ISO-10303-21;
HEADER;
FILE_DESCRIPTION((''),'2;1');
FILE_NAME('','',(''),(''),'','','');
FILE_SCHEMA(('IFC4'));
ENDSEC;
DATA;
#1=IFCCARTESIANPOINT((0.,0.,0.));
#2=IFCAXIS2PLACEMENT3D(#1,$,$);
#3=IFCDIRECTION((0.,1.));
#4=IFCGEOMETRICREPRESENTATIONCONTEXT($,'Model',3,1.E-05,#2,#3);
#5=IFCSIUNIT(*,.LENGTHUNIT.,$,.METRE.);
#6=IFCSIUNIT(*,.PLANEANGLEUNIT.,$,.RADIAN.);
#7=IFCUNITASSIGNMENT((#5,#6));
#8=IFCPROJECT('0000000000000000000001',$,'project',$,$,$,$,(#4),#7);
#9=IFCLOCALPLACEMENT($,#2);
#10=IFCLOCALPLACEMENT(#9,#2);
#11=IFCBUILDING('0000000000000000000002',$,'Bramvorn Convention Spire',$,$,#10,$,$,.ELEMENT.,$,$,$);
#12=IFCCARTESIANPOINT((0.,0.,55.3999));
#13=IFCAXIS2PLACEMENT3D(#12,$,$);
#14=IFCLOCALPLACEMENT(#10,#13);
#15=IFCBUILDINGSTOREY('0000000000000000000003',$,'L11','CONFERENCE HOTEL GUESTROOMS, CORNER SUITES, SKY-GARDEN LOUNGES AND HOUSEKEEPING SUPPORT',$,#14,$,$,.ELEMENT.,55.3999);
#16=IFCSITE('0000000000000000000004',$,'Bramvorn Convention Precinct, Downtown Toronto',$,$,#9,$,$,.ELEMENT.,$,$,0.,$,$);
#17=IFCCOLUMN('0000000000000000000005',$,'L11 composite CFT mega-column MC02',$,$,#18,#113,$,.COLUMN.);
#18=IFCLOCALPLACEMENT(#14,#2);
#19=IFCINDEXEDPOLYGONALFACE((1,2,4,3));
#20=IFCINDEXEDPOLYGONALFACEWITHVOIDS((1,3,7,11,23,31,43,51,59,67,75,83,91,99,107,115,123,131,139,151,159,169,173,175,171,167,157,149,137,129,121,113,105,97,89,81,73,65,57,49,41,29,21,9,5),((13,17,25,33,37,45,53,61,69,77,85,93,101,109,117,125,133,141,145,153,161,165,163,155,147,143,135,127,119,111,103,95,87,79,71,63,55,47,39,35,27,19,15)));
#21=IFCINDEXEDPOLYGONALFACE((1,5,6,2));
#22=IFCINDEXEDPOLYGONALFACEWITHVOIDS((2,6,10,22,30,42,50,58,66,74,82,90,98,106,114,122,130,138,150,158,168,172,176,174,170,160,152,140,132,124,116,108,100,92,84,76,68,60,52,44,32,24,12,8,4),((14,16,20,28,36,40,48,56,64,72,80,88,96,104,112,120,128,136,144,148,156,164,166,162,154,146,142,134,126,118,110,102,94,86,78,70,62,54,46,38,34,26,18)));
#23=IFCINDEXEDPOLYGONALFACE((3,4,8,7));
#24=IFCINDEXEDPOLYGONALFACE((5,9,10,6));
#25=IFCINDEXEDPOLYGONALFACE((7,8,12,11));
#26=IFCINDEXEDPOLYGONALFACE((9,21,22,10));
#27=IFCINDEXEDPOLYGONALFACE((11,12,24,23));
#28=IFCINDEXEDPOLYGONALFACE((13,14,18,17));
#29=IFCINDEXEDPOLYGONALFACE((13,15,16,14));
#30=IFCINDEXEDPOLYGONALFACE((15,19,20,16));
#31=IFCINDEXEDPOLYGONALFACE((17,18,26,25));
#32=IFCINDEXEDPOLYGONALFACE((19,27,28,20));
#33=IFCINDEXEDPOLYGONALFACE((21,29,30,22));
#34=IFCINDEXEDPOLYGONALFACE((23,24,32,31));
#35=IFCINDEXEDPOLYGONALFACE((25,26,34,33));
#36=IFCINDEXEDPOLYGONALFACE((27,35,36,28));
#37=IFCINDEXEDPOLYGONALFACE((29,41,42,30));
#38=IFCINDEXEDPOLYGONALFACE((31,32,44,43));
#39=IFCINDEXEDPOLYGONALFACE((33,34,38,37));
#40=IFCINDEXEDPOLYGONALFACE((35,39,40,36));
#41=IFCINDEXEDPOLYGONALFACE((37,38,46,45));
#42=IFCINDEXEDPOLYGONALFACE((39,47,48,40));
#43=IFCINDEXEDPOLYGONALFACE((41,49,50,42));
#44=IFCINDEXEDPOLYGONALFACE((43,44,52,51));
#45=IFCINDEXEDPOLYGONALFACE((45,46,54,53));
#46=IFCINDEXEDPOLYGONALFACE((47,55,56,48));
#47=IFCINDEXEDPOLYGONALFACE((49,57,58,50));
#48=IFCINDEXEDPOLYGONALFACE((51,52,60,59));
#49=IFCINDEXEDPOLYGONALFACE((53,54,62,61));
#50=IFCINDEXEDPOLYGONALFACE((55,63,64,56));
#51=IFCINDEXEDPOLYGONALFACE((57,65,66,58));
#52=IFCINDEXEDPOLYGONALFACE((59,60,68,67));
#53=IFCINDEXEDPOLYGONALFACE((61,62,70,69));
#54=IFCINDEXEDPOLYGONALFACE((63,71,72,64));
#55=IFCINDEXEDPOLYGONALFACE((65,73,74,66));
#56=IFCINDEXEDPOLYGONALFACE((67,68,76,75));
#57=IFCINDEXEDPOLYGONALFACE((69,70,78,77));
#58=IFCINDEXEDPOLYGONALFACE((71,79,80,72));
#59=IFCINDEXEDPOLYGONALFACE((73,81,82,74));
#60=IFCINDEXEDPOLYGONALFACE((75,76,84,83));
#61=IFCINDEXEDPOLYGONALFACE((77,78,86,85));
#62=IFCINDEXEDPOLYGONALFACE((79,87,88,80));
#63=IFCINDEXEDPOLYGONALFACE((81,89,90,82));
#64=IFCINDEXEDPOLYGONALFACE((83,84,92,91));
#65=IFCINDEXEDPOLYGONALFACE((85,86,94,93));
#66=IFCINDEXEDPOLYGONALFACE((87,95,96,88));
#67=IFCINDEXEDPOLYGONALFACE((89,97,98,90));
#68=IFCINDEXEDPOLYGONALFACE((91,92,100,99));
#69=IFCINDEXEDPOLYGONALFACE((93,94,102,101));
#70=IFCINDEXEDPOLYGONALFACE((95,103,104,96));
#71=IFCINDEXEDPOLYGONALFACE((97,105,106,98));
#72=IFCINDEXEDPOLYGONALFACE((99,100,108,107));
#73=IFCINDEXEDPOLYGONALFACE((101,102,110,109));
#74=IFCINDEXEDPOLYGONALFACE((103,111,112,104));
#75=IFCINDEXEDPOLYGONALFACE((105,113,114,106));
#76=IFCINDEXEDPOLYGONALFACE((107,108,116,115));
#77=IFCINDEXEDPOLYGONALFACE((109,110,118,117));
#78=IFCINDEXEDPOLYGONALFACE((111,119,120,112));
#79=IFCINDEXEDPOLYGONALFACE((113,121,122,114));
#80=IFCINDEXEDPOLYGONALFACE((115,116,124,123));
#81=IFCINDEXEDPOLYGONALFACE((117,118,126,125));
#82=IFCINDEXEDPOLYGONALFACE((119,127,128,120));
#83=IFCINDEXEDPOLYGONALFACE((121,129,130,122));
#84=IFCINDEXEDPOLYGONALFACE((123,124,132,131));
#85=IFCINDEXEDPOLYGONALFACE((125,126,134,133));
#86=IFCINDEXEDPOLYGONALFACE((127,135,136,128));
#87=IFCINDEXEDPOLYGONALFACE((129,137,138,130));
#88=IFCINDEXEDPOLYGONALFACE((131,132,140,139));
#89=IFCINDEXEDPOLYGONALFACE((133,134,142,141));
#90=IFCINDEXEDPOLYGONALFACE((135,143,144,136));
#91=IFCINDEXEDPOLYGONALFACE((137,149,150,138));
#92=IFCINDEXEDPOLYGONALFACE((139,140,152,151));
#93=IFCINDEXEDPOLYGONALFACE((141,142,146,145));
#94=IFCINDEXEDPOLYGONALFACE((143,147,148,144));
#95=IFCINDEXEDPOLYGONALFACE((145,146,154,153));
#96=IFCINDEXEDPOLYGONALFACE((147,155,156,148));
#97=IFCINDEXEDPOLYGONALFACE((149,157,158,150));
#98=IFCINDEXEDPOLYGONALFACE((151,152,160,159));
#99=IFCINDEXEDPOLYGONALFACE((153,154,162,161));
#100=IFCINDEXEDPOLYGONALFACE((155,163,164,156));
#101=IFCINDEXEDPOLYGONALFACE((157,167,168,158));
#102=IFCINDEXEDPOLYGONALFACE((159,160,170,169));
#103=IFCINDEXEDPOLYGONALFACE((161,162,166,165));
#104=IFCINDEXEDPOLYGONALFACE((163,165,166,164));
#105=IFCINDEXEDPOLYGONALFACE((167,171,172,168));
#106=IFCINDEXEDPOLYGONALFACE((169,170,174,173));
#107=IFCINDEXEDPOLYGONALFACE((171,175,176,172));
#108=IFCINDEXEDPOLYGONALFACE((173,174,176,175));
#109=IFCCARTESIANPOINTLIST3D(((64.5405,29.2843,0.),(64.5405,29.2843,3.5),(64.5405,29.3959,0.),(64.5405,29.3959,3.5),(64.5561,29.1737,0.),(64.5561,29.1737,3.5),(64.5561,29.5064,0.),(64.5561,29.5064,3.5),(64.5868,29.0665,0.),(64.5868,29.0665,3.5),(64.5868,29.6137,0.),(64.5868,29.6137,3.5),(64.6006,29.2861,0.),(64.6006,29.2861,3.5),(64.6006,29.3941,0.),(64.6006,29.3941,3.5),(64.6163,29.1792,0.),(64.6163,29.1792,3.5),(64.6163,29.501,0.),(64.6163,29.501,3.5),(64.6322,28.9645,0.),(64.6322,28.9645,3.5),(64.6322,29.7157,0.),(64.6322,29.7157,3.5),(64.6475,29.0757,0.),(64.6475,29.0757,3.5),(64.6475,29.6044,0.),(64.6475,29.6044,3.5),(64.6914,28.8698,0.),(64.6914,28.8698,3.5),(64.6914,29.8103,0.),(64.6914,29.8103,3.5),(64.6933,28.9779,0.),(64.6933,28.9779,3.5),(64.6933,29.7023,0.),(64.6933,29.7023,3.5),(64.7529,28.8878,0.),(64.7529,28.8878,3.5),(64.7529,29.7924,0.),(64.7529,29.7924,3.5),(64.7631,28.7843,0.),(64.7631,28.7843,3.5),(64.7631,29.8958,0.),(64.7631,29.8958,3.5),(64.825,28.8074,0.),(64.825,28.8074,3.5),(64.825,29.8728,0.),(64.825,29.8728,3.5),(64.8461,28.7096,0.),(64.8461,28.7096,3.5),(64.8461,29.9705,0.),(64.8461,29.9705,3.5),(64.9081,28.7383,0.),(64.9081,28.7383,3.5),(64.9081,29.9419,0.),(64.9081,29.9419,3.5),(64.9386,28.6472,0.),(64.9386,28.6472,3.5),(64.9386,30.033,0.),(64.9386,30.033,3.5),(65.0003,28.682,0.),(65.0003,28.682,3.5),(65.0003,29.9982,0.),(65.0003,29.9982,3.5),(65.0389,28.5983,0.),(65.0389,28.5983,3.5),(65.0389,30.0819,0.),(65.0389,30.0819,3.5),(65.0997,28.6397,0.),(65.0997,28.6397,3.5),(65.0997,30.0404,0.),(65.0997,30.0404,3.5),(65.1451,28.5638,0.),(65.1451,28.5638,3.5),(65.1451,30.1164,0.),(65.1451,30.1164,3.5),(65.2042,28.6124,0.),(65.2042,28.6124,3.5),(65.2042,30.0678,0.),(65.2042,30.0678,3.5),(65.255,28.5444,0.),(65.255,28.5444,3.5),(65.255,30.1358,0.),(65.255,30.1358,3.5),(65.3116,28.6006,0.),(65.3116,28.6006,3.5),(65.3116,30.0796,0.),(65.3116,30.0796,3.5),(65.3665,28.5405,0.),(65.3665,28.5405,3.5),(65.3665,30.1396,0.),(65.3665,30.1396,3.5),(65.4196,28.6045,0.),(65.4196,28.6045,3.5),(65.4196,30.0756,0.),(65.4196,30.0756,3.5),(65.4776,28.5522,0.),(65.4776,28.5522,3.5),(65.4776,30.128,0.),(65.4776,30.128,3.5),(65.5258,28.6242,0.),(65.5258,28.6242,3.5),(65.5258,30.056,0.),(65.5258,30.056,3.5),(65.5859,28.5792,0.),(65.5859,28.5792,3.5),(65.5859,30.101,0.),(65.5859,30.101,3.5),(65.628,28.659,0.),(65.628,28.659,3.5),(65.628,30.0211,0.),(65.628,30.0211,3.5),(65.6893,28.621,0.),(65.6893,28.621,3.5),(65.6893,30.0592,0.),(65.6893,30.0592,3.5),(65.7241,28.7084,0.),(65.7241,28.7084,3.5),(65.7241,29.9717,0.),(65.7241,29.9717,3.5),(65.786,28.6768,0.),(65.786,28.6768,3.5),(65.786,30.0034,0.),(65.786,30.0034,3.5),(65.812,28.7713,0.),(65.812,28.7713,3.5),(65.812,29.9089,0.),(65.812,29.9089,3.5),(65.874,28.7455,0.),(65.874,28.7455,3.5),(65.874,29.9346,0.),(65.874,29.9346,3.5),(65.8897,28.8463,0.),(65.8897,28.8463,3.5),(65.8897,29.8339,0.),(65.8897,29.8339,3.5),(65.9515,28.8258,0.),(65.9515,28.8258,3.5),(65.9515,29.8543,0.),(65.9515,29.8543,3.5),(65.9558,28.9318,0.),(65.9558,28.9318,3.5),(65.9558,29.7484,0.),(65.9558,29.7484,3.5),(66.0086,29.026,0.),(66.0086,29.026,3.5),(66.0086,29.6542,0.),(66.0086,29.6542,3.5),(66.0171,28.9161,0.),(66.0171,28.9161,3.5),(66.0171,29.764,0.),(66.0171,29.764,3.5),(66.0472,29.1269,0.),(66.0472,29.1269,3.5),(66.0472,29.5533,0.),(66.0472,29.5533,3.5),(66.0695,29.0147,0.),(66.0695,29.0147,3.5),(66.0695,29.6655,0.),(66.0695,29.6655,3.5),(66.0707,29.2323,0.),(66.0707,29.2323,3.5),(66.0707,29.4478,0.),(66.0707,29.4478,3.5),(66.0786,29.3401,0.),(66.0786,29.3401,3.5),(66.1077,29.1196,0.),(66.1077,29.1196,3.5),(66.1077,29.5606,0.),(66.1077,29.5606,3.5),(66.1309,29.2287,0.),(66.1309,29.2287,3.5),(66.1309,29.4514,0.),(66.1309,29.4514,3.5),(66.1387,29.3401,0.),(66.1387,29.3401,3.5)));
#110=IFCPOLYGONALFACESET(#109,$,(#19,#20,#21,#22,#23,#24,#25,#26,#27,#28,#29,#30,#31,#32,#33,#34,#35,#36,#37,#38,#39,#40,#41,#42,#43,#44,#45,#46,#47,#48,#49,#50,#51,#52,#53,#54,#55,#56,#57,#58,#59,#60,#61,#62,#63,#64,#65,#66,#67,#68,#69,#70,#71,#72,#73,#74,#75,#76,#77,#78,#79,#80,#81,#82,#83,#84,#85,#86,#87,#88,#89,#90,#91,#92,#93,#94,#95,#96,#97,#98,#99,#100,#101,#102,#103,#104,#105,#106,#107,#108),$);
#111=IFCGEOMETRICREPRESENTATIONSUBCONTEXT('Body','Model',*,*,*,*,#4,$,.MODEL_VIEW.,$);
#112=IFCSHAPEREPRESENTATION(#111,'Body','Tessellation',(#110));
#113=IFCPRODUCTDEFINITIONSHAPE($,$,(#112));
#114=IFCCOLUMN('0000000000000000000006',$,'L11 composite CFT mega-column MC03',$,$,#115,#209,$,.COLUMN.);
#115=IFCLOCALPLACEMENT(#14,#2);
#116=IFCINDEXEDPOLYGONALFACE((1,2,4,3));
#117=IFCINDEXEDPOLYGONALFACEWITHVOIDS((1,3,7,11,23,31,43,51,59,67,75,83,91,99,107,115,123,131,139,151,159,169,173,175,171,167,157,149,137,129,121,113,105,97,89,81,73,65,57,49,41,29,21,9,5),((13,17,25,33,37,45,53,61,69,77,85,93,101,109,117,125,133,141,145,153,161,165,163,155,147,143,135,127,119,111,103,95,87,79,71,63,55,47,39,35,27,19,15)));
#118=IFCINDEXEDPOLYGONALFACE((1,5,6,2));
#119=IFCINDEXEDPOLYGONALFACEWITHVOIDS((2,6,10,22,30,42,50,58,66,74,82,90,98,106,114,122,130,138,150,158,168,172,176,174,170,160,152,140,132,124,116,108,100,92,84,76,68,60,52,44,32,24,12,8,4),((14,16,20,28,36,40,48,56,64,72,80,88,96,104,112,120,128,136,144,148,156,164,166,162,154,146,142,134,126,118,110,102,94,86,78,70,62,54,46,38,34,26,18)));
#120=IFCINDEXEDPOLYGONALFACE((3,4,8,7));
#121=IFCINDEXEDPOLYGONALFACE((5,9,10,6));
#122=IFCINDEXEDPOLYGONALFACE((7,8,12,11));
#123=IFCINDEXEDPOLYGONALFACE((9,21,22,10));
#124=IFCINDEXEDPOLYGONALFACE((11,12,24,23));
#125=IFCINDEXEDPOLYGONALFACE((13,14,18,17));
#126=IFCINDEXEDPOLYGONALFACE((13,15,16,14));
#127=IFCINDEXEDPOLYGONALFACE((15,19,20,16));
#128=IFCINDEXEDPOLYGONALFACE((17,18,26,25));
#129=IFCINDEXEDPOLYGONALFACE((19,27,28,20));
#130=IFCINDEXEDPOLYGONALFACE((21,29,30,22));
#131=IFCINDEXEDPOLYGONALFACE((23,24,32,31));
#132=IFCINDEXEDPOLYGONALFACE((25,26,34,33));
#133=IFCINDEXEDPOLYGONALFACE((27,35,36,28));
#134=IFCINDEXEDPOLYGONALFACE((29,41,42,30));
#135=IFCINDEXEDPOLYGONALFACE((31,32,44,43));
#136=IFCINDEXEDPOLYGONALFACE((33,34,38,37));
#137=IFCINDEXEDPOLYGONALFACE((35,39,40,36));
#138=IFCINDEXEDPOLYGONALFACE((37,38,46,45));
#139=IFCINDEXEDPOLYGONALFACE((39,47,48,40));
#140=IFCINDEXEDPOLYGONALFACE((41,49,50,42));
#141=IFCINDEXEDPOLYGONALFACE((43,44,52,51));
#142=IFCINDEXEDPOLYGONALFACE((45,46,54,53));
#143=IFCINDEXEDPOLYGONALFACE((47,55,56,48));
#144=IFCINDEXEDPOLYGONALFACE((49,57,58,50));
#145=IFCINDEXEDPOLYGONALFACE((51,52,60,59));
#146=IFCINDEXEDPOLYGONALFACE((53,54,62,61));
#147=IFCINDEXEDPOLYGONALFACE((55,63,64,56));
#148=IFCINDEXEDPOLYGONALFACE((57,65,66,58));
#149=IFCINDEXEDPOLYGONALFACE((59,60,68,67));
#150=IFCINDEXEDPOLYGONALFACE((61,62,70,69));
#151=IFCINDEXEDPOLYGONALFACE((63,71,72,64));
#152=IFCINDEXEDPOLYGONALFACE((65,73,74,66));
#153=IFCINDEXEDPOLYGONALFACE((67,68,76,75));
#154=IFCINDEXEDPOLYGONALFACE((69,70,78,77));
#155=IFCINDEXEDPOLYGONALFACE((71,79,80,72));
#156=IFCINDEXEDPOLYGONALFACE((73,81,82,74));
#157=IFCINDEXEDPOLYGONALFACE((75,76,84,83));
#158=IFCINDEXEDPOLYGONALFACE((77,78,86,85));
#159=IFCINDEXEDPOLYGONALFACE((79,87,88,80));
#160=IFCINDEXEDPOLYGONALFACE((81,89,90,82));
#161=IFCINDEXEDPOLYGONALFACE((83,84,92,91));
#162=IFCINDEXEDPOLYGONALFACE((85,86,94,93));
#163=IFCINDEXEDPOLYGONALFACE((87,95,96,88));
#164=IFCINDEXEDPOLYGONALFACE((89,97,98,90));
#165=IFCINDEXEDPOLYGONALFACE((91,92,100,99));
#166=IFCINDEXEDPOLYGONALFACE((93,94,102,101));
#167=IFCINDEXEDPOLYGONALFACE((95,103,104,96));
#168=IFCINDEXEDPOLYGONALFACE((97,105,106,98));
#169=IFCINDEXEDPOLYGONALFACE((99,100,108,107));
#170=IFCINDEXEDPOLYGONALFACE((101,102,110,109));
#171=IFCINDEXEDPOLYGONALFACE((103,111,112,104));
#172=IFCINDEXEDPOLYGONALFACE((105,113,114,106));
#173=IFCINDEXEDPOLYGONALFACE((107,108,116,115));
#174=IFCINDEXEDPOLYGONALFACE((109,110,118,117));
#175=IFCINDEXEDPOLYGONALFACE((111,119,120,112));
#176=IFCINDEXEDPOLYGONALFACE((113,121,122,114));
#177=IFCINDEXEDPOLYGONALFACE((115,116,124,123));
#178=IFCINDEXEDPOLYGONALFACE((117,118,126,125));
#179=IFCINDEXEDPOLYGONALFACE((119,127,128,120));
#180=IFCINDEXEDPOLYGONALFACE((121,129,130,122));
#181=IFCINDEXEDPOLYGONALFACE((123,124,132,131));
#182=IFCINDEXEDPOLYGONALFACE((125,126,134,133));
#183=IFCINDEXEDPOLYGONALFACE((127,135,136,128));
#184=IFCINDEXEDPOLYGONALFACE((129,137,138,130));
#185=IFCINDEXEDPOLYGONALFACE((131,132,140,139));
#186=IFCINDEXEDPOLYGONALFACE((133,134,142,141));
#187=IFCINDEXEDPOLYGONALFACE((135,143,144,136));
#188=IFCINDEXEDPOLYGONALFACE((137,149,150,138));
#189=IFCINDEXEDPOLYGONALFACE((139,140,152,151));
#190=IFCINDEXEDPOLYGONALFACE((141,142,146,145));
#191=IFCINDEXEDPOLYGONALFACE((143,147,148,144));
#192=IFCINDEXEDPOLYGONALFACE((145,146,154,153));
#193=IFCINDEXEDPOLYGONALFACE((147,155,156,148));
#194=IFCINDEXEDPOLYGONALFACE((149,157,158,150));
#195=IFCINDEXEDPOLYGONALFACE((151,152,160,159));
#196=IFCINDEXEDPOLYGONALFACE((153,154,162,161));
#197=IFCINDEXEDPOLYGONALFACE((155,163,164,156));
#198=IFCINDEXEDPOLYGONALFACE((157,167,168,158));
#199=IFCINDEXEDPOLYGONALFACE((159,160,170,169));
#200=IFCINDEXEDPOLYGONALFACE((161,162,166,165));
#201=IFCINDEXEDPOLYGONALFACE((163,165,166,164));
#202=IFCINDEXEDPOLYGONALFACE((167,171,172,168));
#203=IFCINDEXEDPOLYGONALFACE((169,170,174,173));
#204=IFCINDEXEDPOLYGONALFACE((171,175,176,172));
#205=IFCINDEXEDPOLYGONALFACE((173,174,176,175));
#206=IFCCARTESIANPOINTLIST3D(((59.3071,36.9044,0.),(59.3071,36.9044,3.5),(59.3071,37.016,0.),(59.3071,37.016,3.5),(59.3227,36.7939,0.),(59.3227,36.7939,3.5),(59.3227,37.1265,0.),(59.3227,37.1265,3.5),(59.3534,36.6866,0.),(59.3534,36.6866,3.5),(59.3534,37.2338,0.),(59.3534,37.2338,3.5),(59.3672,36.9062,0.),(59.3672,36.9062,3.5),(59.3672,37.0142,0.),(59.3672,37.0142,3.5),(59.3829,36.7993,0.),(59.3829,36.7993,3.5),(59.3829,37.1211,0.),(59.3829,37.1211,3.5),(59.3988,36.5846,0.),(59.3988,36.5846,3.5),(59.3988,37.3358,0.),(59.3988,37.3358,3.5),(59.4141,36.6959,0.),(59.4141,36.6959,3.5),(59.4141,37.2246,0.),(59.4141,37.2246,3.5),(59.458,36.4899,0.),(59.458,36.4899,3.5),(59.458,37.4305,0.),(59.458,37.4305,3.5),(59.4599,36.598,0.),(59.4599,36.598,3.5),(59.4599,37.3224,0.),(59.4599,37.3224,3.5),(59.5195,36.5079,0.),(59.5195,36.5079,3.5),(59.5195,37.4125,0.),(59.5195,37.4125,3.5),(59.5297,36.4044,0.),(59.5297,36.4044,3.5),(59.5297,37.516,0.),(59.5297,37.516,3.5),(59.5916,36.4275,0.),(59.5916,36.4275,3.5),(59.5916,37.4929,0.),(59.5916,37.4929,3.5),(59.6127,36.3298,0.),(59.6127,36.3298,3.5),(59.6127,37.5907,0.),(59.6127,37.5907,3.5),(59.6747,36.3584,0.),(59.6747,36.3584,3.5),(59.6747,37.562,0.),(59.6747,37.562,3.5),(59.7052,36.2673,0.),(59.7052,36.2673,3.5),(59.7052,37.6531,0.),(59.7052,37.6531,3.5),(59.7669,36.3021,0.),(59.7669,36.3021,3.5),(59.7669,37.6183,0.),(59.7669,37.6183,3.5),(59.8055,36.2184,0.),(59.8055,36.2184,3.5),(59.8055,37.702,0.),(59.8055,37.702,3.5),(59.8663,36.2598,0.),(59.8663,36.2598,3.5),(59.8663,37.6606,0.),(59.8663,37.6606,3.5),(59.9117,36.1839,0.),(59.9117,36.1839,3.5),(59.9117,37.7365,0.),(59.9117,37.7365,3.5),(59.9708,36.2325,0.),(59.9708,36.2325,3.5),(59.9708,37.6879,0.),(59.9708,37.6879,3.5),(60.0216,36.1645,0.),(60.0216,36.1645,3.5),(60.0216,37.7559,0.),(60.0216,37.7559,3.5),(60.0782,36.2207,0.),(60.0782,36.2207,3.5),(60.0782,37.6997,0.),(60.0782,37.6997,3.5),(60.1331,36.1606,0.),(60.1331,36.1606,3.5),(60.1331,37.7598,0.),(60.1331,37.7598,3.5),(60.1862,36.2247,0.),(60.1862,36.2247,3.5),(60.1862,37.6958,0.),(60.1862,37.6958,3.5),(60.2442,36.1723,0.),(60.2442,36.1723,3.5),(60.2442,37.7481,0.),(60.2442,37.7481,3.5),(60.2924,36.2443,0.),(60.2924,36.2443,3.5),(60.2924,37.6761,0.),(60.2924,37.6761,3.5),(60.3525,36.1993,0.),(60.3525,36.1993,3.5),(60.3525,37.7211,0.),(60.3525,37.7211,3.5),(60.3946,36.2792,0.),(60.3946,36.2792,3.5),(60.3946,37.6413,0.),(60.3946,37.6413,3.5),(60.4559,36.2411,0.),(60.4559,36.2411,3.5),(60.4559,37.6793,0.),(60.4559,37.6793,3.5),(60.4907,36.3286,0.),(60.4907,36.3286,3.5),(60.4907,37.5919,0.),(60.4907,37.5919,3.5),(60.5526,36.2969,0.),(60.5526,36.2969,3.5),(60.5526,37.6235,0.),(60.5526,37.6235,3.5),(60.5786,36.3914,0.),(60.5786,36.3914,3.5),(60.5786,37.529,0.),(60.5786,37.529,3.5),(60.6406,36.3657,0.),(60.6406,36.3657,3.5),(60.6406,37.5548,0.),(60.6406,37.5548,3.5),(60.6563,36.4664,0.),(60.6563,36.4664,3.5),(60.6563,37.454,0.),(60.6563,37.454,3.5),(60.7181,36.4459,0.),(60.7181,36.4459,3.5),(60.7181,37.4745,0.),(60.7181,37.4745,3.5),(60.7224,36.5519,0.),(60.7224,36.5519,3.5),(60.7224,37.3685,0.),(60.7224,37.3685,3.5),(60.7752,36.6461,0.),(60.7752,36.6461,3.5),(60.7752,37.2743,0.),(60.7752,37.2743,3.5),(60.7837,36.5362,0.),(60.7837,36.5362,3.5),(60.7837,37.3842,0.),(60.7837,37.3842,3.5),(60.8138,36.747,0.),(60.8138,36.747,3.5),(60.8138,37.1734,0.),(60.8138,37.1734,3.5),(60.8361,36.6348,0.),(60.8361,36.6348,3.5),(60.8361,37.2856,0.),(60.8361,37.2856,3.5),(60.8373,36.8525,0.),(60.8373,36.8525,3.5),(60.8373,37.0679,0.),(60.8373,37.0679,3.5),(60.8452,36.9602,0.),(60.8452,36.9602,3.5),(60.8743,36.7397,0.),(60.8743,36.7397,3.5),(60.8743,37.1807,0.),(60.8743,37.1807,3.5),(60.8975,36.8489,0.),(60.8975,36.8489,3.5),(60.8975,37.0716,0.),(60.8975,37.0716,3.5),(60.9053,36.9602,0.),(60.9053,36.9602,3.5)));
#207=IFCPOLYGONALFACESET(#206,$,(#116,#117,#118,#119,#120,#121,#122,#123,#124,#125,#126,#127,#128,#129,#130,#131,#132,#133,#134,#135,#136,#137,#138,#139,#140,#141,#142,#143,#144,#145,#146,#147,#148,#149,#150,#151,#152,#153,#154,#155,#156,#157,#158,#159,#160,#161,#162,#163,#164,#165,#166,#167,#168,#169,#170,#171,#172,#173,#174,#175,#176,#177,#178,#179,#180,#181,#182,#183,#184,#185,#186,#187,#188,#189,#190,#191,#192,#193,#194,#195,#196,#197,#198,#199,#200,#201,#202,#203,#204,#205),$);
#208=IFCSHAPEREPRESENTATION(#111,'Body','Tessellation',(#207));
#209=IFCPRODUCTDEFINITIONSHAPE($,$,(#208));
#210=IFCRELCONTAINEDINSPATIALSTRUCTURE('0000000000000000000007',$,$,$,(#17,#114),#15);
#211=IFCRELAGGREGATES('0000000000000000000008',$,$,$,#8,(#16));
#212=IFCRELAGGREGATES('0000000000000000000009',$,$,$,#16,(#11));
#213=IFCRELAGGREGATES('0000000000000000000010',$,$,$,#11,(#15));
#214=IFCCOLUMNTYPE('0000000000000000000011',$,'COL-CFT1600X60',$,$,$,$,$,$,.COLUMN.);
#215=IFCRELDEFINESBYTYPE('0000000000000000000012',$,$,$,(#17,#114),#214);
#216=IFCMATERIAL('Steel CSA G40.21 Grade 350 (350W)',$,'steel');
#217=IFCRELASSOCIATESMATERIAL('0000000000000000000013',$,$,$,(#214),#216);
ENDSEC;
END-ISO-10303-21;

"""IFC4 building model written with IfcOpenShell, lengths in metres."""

from ifc_helpers import new_model, si_unit, direction, frame, origin, origin_2d, place, context, subcontext, project, spatial, hollow_circle, extrude, material, material_profile, profile_set, type_object, element, save


model = new_model("IFC4")

# Units and contexts
model_context = context("Model", 3, precision=1e-05, world=origin(), true_north=direction((0.0, 1.0)))
body_context = subcontext(model_context, "Body", "Model", "MODEL_VIEW")
ifc_project = project(units=[si_unit("LENGTHUNIT", "METRE"), si_unit("PLANEANGLEUNIT", "RADIAN")], contexts=[model_context])

# Site, building, storey
site_placement = place(None, origin())
site = spatial("IfcSite", under=ifc_project, at=site_placement, Name="Bramvorn Convention Precinct, Downtown Toronto", CompositionType="ELEMENT", RefElevation=0.0)
building_placement = place(site_placement, origin())
building = spatial("IfcBuilding", under=site, at=building_placement, Name="Bramvorn Convention Spire", CompositionType="ELEMENT")
storey_placement = place(building_placement, frame((0.0, 0.0, 55.3999)))
storey = spatial("IfcBuildingStorey", under=building, at=storey_placement, Name="L11", Description="CONFERENCE HOTEL GUESTROOMS, CORNER SUITES, SKY-GARDEN LOUNGES AND HOUSEKEEPING SUPPORT", CompositionType="ELEMENT", Elevation=55.3999)

# Columns
ifc_material_1 = material(Name="Steel CSA G40.21 Grade 350 (350W)", Category="steel")
ifc_material_profile_1 = material_profile(ifc_material_1, hollow_circle(Radius=0.8, WallThickness=0.0601, at=origin_2d()))
ifc_profile_set_1 = profile_set([ifc_material_profile_1], Name="Steel CSA G40.21 Grade 350 (350W) - CFT1600X60")
column_type = type_object("IfcColumnType", Name="COL-CFT1600X60", PredefinedType="COLUMN", material=ifc_profile_set_1)
for number, where, z_axis, x_axis, name in (
    (1, (65.3386, 29.3401, 0.0), (0.0, 0.0, 1.0), (1.0, 0.0, 0.0), "L11 composite CFT mega-column MC02"),
    (2, (60.1052, 36.9602, 0.0), (0.0, 0.0, 1.0), (1.0, 0.0, 0.0), "L11 composite CFT mega-column MC03"),
):
    element("IfcColumn", number, at=place(storey_placement, frame(where, z_axis=z_axis, x_axis=x_axis)), inside=storey, type_object=column_type, Name=name, PredefinedType="COLUMN", context=body_context, shape_type="SweptSolid", body=[
        extrude(hollow_circle(Radius=0.8, WallThickness=0.0601, at=origin_2d()), origin(), (0.0, 0.0, 1.0), 3.5),
    ])

save(model, "model.ifc")
